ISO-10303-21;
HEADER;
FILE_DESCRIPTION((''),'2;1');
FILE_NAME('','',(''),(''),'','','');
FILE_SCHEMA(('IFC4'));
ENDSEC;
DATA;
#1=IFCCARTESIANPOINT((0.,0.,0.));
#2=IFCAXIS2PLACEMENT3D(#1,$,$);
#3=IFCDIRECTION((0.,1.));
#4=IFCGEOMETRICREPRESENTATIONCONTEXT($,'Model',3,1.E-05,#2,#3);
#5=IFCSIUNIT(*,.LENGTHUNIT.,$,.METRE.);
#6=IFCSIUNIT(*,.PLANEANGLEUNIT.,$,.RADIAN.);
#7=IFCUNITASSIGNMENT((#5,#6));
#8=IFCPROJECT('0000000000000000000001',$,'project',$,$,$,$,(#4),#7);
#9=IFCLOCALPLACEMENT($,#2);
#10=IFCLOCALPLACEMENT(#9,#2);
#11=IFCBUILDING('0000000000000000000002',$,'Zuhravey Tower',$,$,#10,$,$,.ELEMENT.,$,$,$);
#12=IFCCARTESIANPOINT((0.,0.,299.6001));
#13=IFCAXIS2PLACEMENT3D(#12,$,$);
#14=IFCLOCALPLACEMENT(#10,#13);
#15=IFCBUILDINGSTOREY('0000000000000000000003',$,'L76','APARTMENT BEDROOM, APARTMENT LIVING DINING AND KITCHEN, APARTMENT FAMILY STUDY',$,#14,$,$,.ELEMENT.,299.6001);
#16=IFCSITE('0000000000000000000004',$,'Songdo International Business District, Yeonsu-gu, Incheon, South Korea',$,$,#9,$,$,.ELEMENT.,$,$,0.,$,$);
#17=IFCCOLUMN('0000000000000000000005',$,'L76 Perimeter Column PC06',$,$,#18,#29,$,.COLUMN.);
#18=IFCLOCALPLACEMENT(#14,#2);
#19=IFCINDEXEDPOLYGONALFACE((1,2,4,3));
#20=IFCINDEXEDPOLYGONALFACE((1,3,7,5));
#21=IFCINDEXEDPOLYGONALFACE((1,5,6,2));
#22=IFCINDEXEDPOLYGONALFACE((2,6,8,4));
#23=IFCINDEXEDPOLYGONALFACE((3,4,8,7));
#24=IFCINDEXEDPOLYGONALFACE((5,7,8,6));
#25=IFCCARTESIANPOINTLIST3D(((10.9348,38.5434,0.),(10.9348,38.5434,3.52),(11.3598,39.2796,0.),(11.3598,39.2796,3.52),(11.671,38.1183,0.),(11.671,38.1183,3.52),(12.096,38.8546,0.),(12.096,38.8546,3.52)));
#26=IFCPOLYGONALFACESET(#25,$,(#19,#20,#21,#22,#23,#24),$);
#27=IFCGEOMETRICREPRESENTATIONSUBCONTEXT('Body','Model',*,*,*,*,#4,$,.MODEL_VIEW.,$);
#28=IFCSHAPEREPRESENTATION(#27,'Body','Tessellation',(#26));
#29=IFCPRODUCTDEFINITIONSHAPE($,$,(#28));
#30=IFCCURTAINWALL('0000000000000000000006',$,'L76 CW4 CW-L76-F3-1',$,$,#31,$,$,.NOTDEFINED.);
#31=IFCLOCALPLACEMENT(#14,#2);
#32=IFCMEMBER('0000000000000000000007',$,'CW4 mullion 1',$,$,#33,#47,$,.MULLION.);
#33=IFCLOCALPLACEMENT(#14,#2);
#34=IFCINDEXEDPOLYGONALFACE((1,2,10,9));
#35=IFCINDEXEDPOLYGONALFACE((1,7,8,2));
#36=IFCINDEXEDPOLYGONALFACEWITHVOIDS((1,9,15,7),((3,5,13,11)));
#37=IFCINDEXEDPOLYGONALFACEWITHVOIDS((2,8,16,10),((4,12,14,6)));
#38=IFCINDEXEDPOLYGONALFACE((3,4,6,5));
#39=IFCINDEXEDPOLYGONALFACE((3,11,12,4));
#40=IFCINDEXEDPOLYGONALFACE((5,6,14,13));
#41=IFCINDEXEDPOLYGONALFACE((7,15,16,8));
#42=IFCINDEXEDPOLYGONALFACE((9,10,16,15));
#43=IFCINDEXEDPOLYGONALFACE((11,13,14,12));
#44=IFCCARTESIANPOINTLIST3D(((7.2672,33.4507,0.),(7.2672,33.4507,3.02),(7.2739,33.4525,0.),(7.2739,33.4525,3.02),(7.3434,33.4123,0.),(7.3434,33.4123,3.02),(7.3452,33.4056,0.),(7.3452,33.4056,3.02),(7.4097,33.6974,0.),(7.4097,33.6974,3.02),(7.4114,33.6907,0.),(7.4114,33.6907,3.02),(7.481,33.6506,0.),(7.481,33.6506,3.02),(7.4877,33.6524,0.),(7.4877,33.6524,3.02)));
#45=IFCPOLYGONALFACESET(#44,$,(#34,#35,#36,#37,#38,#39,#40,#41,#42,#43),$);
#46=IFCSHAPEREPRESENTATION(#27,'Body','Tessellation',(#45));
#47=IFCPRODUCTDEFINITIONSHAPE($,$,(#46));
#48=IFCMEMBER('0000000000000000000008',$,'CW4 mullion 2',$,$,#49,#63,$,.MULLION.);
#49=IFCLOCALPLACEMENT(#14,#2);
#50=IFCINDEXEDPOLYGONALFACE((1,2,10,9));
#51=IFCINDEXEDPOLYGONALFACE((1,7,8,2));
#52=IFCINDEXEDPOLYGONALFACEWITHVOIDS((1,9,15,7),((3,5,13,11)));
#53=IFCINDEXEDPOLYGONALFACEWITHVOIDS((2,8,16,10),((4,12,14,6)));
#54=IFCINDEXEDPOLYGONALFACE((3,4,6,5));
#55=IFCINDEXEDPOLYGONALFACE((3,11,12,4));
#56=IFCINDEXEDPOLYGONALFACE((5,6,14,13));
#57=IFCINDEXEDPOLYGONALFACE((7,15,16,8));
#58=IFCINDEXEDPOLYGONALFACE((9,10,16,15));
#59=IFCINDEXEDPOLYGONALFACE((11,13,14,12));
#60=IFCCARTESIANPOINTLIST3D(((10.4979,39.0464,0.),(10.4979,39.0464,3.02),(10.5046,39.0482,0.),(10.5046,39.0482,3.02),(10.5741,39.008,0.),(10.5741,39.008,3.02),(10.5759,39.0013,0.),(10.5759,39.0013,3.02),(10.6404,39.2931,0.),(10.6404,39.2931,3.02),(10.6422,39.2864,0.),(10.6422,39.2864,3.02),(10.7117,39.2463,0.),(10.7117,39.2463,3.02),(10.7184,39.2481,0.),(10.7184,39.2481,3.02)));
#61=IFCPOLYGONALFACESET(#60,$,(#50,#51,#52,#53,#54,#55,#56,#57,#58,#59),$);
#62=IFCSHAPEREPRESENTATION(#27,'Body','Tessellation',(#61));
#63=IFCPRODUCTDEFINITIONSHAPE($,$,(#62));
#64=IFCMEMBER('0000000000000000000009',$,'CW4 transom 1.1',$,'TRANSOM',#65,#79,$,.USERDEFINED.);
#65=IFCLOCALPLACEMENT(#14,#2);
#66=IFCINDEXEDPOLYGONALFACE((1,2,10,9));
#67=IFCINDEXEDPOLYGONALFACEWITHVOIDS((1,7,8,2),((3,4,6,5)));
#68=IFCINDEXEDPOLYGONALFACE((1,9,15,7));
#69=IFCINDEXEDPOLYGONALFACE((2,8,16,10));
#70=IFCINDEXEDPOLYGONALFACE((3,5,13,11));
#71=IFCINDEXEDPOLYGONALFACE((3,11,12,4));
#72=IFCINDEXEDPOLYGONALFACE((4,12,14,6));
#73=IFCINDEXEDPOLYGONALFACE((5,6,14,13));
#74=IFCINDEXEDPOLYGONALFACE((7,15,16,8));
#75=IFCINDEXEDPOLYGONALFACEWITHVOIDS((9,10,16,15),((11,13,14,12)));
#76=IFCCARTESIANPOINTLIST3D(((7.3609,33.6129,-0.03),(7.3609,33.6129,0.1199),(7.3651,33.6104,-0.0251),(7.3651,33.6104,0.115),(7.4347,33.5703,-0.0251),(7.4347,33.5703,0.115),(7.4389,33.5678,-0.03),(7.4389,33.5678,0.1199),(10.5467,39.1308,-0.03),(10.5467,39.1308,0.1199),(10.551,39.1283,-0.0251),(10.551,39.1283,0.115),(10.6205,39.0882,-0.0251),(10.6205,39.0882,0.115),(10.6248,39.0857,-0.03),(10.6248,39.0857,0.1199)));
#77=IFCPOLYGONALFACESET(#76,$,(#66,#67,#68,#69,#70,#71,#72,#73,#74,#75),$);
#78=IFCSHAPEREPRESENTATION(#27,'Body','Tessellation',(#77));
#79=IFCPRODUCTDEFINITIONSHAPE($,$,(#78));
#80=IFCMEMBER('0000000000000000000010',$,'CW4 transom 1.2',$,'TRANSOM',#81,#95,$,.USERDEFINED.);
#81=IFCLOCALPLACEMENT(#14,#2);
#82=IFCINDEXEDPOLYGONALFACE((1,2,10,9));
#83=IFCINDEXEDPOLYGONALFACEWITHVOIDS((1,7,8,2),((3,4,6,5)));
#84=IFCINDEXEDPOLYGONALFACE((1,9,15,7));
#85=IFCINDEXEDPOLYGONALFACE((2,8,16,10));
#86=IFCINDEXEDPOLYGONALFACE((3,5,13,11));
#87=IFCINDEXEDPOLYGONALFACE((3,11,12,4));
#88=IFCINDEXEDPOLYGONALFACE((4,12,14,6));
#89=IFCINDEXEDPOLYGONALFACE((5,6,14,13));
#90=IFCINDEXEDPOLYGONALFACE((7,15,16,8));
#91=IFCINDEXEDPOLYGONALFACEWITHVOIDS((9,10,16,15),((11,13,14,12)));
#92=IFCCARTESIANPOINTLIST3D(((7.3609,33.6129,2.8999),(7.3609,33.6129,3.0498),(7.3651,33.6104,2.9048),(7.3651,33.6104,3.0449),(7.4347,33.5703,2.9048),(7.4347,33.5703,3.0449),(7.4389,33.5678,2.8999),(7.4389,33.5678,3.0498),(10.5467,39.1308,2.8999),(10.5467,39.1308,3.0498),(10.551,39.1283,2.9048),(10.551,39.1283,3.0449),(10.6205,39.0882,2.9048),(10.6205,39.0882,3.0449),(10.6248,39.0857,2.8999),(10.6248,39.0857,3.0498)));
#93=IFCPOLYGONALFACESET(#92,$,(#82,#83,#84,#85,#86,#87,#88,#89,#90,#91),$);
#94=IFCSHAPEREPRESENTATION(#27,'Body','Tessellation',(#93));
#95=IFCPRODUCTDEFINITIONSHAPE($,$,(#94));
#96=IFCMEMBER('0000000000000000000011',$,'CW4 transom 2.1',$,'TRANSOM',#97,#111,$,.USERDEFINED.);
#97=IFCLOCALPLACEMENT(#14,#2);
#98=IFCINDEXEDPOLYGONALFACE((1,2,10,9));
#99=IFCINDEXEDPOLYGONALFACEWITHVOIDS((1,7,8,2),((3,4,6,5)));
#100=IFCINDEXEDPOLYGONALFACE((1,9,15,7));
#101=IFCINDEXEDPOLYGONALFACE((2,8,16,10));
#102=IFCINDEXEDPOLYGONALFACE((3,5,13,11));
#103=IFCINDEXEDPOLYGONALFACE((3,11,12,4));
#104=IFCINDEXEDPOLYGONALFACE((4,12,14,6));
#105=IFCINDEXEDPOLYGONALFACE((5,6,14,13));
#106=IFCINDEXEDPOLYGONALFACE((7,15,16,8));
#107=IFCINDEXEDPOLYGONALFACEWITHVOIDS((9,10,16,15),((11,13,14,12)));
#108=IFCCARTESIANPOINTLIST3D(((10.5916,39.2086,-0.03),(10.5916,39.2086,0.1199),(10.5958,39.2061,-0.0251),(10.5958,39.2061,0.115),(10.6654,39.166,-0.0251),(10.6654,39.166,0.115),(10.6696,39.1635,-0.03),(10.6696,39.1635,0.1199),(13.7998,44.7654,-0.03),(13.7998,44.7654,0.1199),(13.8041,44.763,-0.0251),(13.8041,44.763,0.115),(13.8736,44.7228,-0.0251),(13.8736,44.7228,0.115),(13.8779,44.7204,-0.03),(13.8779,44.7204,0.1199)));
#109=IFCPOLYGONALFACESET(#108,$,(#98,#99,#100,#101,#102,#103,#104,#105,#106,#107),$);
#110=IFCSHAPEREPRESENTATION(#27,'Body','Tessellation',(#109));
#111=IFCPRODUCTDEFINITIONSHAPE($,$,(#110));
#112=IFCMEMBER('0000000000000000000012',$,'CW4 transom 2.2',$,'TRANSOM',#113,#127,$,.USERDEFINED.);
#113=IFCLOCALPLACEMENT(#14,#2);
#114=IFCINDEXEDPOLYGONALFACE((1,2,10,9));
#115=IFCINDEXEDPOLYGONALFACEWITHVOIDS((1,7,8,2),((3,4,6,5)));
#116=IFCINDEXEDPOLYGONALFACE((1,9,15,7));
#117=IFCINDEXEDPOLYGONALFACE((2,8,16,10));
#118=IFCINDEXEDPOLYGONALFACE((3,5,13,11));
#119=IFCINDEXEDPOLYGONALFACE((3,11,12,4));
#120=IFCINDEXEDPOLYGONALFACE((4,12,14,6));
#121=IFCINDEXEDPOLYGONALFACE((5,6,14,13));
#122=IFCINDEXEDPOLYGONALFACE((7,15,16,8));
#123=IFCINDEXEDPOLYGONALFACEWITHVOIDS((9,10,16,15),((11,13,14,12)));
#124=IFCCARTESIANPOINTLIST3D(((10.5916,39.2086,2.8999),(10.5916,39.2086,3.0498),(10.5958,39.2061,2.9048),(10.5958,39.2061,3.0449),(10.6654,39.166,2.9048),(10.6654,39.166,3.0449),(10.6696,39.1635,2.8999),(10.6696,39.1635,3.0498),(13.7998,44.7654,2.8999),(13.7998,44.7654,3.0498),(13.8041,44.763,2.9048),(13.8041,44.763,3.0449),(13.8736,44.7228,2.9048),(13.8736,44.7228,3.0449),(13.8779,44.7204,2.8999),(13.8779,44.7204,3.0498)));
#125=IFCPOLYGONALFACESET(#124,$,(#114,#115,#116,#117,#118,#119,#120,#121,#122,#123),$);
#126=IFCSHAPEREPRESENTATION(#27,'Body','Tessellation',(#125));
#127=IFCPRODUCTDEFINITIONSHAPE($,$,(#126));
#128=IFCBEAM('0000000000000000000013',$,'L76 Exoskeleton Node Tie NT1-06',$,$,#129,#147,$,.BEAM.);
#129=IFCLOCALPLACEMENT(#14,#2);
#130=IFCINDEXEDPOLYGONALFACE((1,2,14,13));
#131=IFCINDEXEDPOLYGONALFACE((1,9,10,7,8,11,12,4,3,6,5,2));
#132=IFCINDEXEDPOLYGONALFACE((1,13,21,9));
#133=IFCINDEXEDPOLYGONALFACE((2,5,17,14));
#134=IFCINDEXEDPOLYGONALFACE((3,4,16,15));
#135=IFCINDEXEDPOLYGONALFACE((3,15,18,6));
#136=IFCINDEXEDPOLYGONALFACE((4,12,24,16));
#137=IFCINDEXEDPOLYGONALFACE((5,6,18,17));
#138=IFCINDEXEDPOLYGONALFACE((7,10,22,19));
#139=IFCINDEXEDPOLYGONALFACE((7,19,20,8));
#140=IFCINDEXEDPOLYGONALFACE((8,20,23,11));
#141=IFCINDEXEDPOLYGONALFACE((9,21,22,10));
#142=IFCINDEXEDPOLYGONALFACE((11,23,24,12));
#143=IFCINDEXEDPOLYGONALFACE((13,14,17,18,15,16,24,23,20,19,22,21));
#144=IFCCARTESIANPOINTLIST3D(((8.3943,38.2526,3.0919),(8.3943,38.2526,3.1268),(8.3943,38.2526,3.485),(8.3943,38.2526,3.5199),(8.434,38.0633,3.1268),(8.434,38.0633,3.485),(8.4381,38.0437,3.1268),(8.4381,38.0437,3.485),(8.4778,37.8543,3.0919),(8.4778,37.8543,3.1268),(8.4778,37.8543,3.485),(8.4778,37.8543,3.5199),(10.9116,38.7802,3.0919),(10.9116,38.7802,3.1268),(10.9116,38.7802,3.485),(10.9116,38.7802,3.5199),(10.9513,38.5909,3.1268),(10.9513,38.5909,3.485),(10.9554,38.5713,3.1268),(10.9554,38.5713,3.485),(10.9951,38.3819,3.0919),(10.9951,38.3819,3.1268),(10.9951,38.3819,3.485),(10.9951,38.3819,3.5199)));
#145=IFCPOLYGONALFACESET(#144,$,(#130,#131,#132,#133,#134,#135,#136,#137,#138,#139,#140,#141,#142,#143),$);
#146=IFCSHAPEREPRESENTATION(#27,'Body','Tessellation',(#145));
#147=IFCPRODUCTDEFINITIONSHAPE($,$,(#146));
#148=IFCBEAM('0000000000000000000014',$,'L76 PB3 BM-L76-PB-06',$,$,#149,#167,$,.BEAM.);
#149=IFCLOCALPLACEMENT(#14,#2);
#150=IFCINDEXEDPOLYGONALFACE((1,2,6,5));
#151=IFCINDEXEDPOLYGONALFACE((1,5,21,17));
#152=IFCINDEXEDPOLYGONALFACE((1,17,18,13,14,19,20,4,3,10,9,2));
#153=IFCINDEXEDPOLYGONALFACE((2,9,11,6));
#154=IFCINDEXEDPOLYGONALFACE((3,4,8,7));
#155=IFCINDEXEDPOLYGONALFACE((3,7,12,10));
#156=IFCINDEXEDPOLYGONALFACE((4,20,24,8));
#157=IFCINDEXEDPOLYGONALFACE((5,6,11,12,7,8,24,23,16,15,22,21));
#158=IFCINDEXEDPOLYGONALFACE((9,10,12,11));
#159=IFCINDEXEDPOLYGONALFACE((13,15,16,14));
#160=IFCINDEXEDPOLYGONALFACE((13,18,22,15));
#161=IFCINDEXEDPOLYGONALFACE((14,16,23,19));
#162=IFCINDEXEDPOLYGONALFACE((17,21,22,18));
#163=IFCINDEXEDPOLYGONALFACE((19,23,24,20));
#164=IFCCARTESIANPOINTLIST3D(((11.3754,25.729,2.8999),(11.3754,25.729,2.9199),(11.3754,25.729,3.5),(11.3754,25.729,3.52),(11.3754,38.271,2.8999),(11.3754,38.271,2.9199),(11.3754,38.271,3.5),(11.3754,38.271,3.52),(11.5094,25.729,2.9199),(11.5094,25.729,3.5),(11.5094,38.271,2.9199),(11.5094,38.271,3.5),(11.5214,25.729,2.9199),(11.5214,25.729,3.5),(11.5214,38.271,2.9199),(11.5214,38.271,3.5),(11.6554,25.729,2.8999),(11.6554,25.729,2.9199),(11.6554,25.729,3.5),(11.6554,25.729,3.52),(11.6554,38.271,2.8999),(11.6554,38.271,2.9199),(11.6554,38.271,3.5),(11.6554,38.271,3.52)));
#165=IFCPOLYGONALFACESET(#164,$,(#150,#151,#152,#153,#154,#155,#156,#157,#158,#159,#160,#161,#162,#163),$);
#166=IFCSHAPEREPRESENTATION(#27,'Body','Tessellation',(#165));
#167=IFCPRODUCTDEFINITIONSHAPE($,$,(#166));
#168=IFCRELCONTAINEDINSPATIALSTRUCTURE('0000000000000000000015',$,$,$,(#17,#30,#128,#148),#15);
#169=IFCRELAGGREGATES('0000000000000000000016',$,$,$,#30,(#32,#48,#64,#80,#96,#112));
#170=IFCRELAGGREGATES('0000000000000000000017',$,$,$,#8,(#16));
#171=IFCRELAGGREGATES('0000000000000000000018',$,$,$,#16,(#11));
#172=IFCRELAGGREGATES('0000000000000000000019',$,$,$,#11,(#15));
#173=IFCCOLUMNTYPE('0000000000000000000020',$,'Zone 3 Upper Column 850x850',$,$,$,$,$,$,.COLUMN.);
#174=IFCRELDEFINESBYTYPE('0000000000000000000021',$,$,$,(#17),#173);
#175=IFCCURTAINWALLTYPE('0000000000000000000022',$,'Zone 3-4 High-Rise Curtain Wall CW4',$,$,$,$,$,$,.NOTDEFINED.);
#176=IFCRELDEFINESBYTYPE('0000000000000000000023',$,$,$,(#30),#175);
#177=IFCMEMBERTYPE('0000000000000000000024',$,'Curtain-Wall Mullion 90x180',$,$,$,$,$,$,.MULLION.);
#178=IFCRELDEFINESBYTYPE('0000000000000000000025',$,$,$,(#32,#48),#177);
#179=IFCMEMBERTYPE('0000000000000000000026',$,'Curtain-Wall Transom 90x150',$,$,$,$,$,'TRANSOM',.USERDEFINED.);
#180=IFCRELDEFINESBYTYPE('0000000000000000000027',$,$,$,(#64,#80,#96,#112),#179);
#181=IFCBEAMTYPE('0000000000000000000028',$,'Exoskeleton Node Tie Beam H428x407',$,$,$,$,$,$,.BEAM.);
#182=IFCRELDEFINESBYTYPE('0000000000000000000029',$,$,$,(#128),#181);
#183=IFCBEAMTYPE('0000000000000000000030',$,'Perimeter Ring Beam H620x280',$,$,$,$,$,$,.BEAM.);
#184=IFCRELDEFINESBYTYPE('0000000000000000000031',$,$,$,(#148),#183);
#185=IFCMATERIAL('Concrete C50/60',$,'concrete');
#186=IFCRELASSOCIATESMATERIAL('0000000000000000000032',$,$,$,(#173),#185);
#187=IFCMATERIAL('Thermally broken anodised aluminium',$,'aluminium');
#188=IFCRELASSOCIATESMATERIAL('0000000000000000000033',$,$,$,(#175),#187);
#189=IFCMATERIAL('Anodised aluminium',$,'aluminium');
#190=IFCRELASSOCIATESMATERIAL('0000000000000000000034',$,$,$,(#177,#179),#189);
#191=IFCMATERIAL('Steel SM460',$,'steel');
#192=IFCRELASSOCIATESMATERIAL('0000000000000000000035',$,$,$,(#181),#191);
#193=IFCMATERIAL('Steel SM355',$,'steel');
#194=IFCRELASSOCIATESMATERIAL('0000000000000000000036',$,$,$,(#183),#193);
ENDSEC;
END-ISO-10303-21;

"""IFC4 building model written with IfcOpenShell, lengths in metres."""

from ifc_helpers import new_model, si_unit, direction, frame, origin, origin_2d, place, context, subcontext, project, spatial, rectangle, hollow_rectangle, i_section, extrude, material, material_profile, profile_set, type_object, element, aggregate, save


model = new_model("IFC4")

# Units and contexts
model_context = context("Model", 3, precision=1e-05, world=origin(), true_north=direction((0.0, 1.0)))
body_context = subcontext(model_context, "Body", "Model", "MODEL_VIEW")
ifc_project = project(units=[si_unit("LENGTHUNIT", "METRE"), si_unit("PLANEANGLEUNIT", "RADIAN")], contexts=[model_context])

# Site, building, storey
site_placement = place(None, origin())
site = spatial("IfcSite", under=ifc_project, at=site_placement, Name="Songdo International Business District, Yeonsu-gu, Incheon, South Korea", CompositionType="ELEMENT", RefElevation=0.0)
building_placement = place(site_placement, origin())
building = spatial("IfcBuilding", under=site, at=building_placement, Name="Zuhravey Tower", CompositionType="ELEMENT")
storey_placement = place(building_placement, frame((0.0, 0.0, 299.6001)))
storey = spatial("IfcBuildingStorey", under=building, at=storey_placement, Name="L76", Description="APARTMENT BEDROOM, APARTMENT LIVING DINING AND KITCHEN, APARTMENT FAMILY STUDY", CompositionType="ELEMENT", Elevation=299.6001)

# Column
ifc_material_1 = material(Name="Concrete C50/60", Category="concrete")
ifc_material_profile_1 = material_profile(ifc_material_1, rectangle(XDim=0.8501, YDim=0.8501, at=origin_2d()), Name="RC-850x850")
ifc_profile_set_1 = profile_set([ifc_material_profile_1], Name="Concrete C50/60")
column_type = type_object("IfcColumnType", Name="Zone 3 Upper Column 850x850", PredefinedType="COLUMN", material=ifc_profile_set_1)
column_placement = place(storey_placement, frame((11.5154, 38.699, 0.0), z_axis=(0.0, 0.0, 1.0), x_axis=(-0.5, -0.866025, 0.0)))
element("IfcColumn", 1, at=column_placement, inside=storey, type_object=column_type, Name="L76 Perimeter Column PC06", PredefinedType="COLUMN", context=body_context, shape_type="SweptSolid", body=[
    extrude(rectangle(XDim=0.8501, YDim=0.8501, at=origin_2d()), origin(), (0.0, 0.0, 1.0), 3.52),
])

# Curtain wall, members
ifc_material_2 = material(Name="Thermally broken anodised aluminium", Category="aluminium")
curtain_wall_type = type_object("IfcCurtainWallType", Name="Zone 3-4 High-Rise Curtain Wall CW4", PredefinedType="NOTDEFINED", material=ifc_material_2)
curtain_wall_placement = place(storey_placement, origin())
curtain_wall = element("IfcCurtainWall", 2, at=curtain_wall_placement, inside=storey, type_object=curtain_wall_type, Name="L76 CW4 CW-L76-F3-1", PredefinedType="NOTDEFINED")
ifc_material_3 = material(Name="Anodised aluminium", Category="aluminium")
ifc_material_profile_2 = material_profile(ifc_material_3, hollow_rectangle(XDim=0.0901, YDim=0.2849, WallThickness=0.0049, at=origin_2d()), Name="ALU-RHS-90x285x5")
ifc_profile_set_2 = profile_set([ifc_material_profile_2], Name="Anodised aluminium")
member_type_1 = type_object("IfcMemberType", Name="Curtain-Wall Mullion 90x180", PredefinedType="MULLION", material=ifc_profile_set_2)
member_1_placement = place(storey_placement, frame((7.3774, 33.5515, 0.0), z_axis=(0.0, 0.0, 1.0), x_axis=(-0.866025, 0.500001, 0.0)))
member_1 = element("IfcMember", 3, at=member_1_placement, type_object=member_type_1, Name="CW4 mullion 1", PredefinedType="MULLION", context=body_context, shape_type="SweptSolid", body=[
    extrude(hollow_rectangle(XDim=0.0901, YDim=0.2849, WallThickness=0.0049, at=origin_2d()), origin(), (0.0, 0.0, 1.0), 3.02),
])
member_2_placement = place(storey_placement, frame((10.6082, 39.1472, 0.0), z_axis=(0.0, 0.0, 1.0), x_axis=(-0.866025, 0.500001, 0.0)))
member_2 = element("IfcMember", 4, at=member_2_placement, type_object=member_type_1, Name="CW4 mullion 2", PredefinedType="MULLION", context=body_context, shape_type="SweptSolid", body=[
    extrude(hollow_rectangle(XDim=0.0901, YDim=0.2849, WallThickness=0.0049, at=origin_2d()), origin(), (0.0, 0.0, 1.0), 3.02),
])
ifc_material_profile_3 = material_profile(ifc_material_3, hollow_rectangle(XDim=0.0901, YDim=0.1499, WallThickness=0.0049, at=origin_2d()), Name="ALU-RHS-90x150x5")
ifc_profile_set_3 = profile_set([ifc_material_profile_3], Name="Anodised aluminium")
member_type_2 = type_object("IfcMemberType", Name="Curtain-Wall Transom 90x150", ElementType="TRANSOM", PredefinedType="USERDEFINED", material=ifc_profile_set_3)
member_3_placement = place(storey_placement, frame((7.3999, 33.5903, 0.0449), z_axis=(0.500009, 0.86602, 0.0), x_axis=(-0.86602, 0.500009, 0.0)))
member_3 = element("IfcMember", 5, at=member_3_placement, type_object=member_type_2, Name="CW4 transom 1.1", ObjectType="TRANSOM", PredefinedType="USERDEFINED", context=body_context, shape_type="SweptSolid", body=[
    extrude(hollow_rectangle(XDim=0.0901, YDim=0.1499, WallThickness=0.0049, at=origin_2d()), origin(), (0.0, 0.0, 1.0), 6.3716),
])
member_4_placement = place(storey_placement, frame((7.3999, 33.5903, 2.9749), z_axis=(0.500009, 0.86602, 0.0), x_axis=(-0.86602, 0.500009, 0.0)))
member_4 = element("IfcMember", 6, at=member_4_placement, type_object=member_type_2, Name="CW4 transom 1.2", ObjectType="TRANSOM", PredefinedType="USERDEFINED", context=body_context, shape_type="SweptSolid", body=[
    extrude(hollow_rectangle(XDim=0.0901, YDim=0.1499, WallThickness=0.0049, at=origin_2d()), origin(), (0.0, 0.0, 1.0), 6.3716),
])
member_5_placement = place(storey_placement, frame((10.6306, 39.186, 0.0449), z_axis=(0.499998, 0.866027, 0.0), x_axis=(-0.866027, 0.499998, 0.0)))
member_5 = element("IfcMember", 7, at=member_5_placement, type_object=member_type_2, Name="CW4 transom 2.1", ObjectType="TRANSOM", PredefinedType="USERDEFINED", context=body_context, shape_type="SweptSolid", body=[
    extrude(hollow_rectangle(XDim=0.0901, YDim=0.1499, WallThickness=0.0049, at=origin_2d()), origin(), (0.0, 0.0, 1.0), 6.4165),
])
member_6_placement = place(storey_placement, frame((10.6306, 39.186, 2.9749), z_axis=(0.499998, 0.866027, 0.0), x_axis=(-0.866027, 0.499998, 0.0)))
member_6 = element("IfcMember", 8, at=member_6_placement, type_object=member_type_2, Name="CW4 transom 2.2", ObjectType="TRANSOM", PredefinedType="USERDEFINED", context=body_context, shape_type="SweptSolid", body=[
    extrude(hollow_rectangle(XDim=0.0901, YDim=0.1499, WallThickness=0.0049, at=origin_2d()), origin(), (0.0, 0.0, 1.0), 6.4165),
])

# Beams
ifc_material_4 = material(Name="Steel SM460", Category="steel")
ifc_material_profile_4 = material_profile(ifc_material_4, i_section(OverallWidth=0.407, OverallDepth=0.428, WebThickness=0.02, FlangeThickness=0.0349, at=origin_2d()), Name="H-428x407x20x35")
ifc_profile_set_4 = profile_set([ifc_material_profile_4], Name="Steel SM460")
beam_type_1 = type_object("IfcBeamType", Name="Exoskeleton Node Tie Beam H428x407", PredefinedType="BEAM", material=ifc_profile_set_4)
beam_1_placement = place(storey_placement, frame((10.9534, 38.5811, 3.3059), z_axis=(-0.978736, -0.205125, 0.0), x_axis=(0.205125, -0.978736, 0.0)))
element("IfcBeam", 9, at=beam_1_placement, inside=storey, type_object=beam_type_1, Name="L76 Exoskeleton Node Tie NT1-06", PredefinedType="BEAM", context=body_context, shape_type="SweptSolid", body=[
    extrude(i_section(OverallWidth=0.407, OverallDepth=0.428, WebThickness=0.02, FlangeThickness=0.0349, at=origin_2d()), origin(), (0.0, 0.0, 1.0), 2.572),
])
ifc_material_5 = material(Name="Steel SM355", Category="steel")
ifc_material_profile_5 = material_profile(ifc_material_5, i_section(OverallWidth=0.28, OverallDepth=0.6201, WebThickness=0.012, FlangeThickness=0.02, at=origin_2d()), Name="H-620x280x12x20")
ifc_profile_set_5 = profile_set([ifc_material_profile_5], Name="Steel SM355")
beam_type_2 = type_object("IfcBeamType", Name="Perimeter Ring Beam H620x280", PredefinedType="BEAM", material=ifc_profile_set_5)
beam_2_placement = place(storey_placement, frame((11.5154, 38.271, 3.21), z_axis=(0.0, -1.0, 0.0), x_axis=(1.0, 0.0, 0.0)))
element("IfcBeam", 10, at=beam_2_placement, inside=storey, type_object=beam_type_2, Name="L76 PB3 BM-L76-PB-06", PredefinedType="BEAM", context=body_context, shape_type="SweptSolid", body=[
    extrude(i_section(OverallWidth=0.28, OverallDepth=0.6201, WebThickness=0.012, FlangeThickness=0.02, at=origin_2d()), origin(), (0.0, 0.0, 1.0), 12.542),
])

aggregate(curtain_wall, [member_1, member_2, member_3, member_4, member_5, member_6])

save(model, "model.ifc")
